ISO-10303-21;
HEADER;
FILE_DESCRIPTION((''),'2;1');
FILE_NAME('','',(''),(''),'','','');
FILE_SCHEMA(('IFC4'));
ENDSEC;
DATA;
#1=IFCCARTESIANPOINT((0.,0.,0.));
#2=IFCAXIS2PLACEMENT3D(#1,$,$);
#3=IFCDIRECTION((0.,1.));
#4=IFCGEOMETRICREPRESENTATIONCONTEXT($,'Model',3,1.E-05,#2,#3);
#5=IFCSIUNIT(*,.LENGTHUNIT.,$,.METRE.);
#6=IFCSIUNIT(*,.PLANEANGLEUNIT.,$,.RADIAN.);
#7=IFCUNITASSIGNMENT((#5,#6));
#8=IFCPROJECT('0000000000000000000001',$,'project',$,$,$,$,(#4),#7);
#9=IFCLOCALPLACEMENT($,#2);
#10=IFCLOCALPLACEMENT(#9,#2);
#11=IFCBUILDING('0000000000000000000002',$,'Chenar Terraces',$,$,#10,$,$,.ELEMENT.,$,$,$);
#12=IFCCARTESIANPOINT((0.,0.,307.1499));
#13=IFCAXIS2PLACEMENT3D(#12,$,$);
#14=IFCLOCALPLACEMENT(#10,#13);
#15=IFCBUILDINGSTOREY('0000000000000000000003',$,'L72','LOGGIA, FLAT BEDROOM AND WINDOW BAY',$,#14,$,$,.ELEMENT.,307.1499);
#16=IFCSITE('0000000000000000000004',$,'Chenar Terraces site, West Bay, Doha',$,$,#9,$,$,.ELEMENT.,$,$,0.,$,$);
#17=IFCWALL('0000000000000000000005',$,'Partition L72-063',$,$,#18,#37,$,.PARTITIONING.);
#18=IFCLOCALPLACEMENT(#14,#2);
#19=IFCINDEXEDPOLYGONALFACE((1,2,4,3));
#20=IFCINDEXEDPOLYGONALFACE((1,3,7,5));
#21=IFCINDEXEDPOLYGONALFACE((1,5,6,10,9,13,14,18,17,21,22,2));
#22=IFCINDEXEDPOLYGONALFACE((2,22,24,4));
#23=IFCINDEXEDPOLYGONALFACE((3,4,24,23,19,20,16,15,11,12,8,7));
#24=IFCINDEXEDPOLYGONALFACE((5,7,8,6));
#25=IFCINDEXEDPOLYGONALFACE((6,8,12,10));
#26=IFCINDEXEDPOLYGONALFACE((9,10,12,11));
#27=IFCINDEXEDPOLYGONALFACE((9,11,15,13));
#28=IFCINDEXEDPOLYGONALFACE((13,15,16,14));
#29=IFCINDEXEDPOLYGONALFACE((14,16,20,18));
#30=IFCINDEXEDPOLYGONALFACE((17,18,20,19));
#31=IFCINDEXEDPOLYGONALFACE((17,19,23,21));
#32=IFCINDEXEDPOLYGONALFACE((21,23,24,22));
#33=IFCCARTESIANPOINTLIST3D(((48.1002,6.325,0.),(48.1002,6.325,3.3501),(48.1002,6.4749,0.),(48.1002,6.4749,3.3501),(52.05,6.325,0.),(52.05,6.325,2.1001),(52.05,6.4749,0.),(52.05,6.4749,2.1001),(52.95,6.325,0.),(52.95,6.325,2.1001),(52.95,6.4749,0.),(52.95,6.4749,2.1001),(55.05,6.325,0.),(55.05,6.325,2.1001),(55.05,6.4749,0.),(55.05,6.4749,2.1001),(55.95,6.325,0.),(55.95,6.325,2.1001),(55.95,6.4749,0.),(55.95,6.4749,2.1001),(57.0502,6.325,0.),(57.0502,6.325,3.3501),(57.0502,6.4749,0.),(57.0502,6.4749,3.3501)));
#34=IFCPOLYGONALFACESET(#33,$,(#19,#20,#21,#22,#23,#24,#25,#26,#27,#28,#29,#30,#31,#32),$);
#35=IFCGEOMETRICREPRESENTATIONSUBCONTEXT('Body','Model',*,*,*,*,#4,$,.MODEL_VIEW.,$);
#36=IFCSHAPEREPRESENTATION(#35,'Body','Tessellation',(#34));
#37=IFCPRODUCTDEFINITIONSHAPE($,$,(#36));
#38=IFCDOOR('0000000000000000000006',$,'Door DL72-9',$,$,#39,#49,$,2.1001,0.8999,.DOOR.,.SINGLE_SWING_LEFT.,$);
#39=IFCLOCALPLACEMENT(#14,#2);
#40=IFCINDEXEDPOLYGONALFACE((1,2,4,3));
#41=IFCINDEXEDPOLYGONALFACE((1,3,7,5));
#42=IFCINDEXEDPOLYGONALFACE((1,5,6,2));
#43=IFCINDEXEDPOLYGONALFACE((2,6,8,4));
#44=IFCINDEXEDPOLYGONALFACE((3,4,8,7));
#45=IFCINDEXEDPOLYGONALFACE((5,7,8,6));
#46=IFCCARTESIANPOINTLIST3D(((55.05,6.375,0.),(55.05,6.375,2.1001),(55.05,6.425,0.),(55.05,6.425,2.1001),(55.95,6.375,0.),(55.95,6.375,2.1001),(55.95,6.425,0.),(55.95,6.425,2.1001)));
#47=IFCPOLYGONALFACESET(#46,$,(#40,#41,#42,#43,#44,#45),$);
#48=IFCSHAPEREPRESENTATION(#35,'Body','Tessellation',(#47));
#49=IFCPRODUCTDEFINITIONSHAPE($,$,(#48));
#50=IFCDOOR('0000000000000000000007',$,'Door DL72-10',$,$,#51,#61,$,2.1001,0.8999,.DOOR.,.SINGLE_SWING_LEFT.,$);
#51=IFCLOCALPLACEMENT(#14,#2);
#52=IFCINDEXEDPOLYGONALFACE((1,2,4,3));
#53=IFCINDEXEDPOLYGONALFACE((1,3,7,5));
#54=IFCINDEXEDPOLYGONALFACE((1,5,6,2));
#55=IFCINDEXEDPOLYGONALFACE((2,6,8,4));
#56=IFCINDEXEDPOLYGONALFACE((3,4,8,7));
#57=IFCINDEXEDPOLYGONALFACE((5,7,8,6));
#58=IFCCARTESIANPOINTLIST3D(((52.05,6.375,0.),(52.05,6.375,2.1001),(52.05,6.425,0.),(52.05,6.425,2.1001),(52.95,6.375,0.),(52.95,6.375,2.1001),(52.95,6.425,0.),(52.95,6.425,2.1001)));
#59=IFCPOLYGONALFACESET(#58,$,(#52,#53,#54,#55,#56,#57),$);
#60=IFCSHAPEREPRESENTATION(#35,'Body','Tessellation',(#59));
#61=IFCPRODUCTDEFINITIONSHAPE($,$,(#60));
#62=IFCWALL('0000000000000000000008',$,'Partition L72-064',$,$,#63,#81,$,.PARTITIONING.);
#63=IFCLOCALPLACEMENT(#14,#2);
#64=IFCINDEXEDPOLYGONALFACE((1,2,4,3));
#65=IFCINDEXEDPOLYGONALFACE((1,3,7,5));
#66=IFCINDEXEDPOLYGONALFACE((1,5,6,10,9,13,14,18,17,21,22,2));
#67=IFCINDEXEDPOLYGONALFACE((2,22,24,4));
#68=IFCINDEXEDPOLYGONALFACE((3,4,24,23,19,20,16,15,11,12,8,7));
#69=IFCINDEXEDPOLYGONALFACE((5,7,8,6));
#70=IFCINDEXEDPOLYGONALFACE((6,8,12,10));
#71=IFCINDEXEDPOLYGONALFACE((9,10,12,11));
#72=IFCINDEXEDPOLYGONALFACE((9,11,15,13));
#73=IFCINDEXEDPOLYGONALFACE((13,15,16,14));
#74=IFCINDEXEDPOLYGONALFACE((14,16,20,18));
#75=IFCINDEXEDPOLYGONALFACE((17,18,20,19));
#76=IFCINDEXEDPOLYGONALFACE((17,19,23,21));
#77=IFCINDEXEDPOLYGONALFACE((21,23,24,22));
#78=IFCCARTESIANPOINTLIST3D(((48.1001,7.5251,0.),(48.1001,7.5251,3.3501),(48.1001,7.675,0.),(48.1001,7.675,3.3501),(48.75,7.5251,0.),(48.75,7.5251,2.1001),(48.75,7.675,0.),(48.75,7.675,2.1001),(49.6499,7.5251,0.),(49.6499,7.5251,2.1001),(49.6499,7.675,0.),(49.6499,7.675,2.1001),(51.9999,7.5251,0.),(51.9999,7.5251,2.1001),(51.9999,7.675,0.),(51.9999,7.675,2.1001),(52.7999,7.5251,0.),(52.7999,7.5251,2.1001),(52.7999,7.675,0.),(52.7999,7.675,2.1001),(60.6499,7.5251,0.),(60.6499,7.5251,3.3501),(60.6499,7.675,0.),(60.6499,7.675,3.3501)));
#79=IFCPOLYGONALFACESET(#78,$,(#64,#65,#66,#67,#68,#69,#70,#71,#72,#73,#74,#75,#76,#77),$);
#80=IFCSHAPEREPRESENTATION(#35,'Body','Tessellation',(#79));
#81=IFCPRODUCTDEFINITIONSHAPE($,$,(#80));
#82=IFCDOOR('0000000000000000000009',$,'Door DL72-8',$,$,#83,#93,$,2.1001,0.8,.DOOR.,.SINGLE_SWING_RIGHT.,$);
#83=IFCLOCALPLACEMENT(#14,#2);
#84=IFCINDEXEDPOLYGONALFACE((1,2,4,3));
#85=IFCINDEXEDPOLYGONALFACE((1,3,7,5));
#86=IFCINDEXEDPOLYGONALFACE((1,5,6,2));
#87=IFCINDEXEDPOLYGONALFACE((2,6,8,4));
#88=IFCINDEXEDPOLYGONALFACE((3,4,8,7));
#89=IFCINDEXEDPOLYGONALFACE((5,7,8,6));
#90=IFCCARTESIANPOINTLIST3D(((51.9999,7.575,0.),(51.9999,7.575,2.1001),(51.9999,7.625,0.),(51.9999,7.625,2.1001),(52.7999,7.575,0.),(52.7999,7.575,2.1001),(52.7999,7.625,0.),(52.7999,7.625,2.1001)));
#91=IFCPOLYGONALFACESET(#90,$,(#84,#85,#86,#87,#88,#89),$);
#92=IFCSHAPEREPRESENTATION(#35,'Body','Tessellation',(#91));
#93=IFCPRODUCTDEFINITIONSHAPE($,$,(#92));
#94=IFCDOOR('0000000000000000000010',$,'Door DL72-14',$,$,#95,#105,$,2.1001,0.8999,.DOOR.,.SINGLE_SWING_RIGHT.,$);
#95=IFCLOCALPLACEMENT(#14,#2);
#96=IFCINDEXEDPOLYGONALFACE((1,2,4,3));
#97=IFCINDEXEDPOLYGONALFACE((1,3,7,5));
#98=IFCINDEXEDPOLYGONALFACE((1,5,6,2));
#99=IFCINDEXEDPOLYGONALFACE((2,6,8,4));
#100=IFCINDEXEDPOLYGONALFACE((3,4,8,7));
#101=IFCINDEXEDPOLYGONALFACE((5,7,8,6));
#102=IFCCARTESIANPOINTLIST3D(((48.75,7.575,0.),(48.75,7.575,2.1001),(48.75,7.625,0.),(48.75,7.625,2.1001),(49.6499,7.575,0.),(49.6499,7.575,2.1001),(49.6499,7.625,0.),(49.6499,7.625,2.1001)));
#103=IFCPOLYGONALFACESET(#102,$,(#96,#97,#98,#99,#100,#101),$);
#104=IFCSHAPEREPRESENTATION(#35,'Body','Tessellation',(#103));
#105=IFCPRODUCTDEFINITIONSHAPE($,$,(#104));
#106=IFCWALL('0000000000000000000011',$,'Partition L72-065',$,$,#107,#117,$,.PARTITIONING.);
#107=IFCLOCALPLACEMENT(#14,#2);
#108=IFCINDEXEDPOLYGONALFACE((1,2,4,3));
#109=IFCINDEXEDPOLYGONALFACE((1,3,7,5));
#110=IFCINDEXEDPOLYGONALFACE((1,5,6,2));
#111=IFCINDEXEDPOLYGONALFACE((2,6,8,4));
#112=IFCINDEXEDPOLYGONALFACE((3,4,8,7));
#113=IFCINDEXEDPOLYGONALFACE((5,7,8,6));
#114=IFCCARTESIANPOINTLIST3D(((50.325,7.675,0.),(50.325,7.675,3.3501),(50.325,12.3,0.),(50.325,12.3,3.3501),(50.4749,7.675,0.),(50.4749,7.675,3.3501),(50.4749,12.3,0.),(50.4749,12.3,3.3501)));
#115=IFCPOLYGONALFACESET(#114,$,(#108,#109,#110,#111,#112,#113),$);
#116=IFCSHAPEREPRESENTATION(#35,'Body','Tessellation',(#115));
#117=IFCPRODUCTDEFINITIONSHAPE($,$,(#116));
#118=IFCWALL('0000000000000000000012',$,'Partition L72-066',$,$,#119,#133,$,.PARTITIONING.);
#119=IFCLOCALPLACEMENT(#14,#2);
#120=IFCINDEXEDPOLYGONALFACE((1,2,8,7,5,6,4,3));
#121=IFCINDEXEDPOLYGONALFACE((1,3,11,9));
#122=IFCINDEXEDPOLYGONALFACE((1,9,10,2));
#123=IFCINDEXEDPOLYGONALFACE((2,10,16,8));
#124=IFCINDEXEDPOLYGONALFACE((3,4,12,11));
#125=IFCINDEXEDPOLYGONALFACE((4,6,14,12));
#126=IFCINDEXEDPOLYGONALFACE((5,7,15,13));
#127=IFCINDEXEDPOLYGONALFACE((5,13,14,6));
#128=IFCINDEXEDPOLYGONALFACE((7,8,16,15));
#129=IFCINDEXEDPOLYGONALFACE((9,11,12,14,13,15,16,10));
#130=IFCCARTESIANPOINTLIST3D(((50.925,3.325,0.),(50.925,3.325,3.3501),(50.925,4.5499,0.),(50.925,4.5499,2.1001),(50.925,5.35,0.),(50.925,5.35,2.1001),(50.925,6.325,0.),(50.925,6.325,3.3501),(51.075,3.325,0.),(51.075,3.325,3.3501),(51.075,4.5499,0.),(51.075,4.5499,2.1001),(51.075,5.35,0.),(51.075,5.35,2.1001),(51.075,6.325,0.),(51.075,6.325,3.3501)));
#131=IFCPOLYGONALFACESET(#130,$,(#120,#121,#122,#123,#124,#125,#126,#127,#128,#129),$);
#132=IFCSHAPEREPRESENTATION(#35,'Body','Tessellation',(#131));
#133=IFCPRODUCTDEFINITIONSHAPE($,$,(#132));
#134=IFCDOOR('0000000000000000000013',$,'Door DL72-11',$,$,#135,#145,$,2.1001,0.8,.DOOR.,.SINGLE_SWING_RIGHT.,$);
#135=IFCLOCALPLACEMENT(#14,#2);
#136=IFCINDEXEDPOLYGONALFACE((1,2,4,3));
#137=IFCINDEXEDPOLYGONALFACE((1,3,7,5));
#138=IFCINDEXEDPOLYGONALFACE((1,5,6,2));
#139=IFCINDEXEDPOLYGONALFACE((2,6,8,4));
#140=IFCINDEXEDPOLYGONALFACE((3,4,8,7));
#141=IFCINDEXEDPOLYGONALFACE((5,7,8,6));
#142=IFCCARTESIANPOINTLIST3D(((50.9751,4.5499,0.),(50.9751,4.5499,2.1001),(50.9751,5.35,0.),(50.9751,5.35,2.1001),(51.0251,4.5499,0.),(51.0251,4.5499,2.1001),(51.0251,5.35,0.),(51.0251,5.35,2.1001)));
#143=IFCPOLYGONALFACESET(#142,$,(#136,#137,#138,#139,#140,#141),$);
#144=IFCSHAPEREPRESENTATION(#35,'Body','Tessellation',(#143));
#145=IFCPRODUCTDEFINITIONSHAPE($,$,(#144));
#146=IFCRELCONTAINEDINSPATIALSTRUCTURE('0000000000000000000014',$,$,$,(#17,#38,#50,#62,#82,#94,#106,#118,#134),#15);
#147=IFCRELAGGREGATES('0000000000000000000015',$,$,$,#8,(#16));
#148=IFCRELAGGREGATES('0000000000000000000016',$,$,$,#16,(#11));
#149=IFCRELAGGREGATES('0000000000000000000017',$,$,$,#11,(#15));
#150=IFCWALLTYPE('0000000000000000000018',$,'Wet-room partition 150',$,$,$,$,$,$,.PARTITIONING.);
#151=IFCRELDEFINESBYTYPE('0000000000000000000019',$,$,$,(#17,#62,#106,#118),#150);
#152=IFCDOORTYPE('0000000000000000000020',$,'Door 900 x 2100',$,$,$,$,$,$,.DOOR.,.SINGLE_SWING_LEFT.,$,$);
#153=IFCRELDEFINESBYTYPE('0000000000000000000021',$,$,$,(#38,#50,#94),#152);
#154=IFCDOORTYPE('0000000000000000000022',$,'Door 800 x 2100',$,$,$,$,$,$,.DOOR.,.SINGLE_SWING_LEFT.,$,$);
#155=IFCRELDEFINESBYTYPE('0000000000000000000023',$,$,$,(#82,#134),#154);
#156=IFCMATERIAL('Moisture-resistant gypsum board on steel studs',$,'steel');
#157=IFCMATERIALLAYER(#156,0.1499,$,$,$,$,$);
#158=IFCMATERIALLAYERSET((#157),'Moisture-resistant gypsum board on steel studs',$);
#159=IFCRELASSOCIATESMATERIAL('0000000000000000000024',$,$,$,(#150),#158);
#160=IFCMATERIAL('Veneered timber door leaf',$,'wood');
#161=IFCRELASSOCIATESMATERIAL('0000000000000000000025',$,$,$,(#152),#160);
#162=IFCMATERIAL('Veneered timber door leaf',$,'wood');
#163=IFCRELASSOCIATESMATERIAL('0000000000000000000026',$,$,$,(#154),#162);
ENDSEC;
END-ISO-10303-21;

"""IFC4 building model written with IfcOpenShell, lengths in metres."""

from ifc_helpers import new_model, si_unit, direction, frame, frame_2d, origin, place, context, subcontext, project, spatial, rectangle, extrude, material, layer, layer_set, type_object, element, fill, save


model = new_model("IFC4")

# Units and contexts
model_context = context("Model", 3, precision=1e-05, world=origin(), true_north=direction((0.0, 1.0)))
body_context = subcontext(model_context, "Body", "Model", "MODEL_VIEW")
ifc_project = project(units=[si_unit("LENGTHUNIT", "METRE"), si_unit("PLANEANGLEUNIT", "RADIAN")], contexts=[model_context])

# Site, building, storey
site_placement = place(None, origin())
site = spatial("IfcSite", under=ifc_project, at=site_placement, Name="Chenar Terraces site, West Bay, Doha", CompositionType="ELEMENT", RefElevation=0.0)
building_placement = place(site_placement, origin())
building = spatial("IfcBuilding", under=site, at=building_placement, Name="Chenar Terraces", CompositionType="ELEMENT")
storey_placement = place(building_placement, frame((0.0, 0.0, 307.1499)))
storey = spatial("IfcBuildingStorey", under=building, at=storey_placement, Name="L72", Description="LOGGIA, FLAT BEDROOM AND WINDOW BAY", CompositionType="ELEMENT", Elevation=307.1499)

# Shared definitions
ifc_material_1 = material(Name="Moisture-resistant gypsum board on steel studs", Category="steel")
ifc_layer_1 = layer(ifc_material_1, 0.1499)
ifc_layer_set_1 = layer_set([ifc_layer_1], Name="Moisture-resistant gypsum board on steel studs")
wall_type_1 = type_object("IfcWallType", Name="Wet-room partition 150", PredefinedType="PARTITIONING", material=ifc_layer_set_1)

# Walls, openings, doors
wall_1_placement = place(storey_placement, frame((48.1001, 6.3999, 0.0), z_axis=(0.0, 0.0, 1.0), x_axis=(1.0, 0.0, 0.0)))
wall_1 = element("IfcWall", 1, at=wall_1_placement, inside=storey, type_object=wall_type_1, Name="Partition L72-063", PredefinedType="PARTITIONING", context=body_context, shape_type="SweptSolid", body=[
    extrude(rectangle(XDim=8.95, YDim=0.1499, at=frame_2d((4.4751, 0.0))), origin(), (0.0, 0.0, 1.0), 3.3501),
])
opening_1_placement = place(wall_1_placement, frame((6.95, 0.0, 0.0)))
opening_1 = element("IfcOpeningElement", 2, at=opening_1_placement, cuts=wall_1, PredefinedType="OPENING", context=body_context, shape_type="SweptSolid", body=[
    extrude(rectangle(XDim=0.8999, YDim=2.1001, at=frame_2d((0.45, 1.05))), frame((0.0, 0.085, 0.0), z_axis=(0.0, -1.0, 0.0), x_axis=(1.0, 0.0, 0.0)), (0.0, 0.0, 1.0), 0.1699),
])
opening_2_placement = place(wall_1_placement, frame((3.95, 0.0, 0.0)))
opening_2 = element("IfcOpeningElement", 3, at=opening_2_placement, cuts=wall_1, PredefinedType="OPENING", context=body_context, shape_type="SweptSolid", body=[
    extrude(rectangle(XDim=0.8999, YDim=2.1001, at=frame_2d((0.45, 1.05))), frame((0.0, 0.085, 0.0), z_axis=(0.0, -1.0, 0.0), x_axis=(1.0, 0.0, 0.0)), (0.0, 0.0, 1.0), 0.1699),
])
ifc_material_2 = material(Name="Veneered timber door leaf", Category="wood")
door_type_1 = type_object("IfcDoorType", Name="Door 900 x 2100", OperationType="SINGLE_SWING_LEFT", PredefinedType="DOOR", material=ifc_material_2)
door_1_placement = place(opening_1_placement, frame((0.8999, 0.0, 0.0), z_axis=(0.0, 0.0, 1.0), x_axis=(-1.0, 0.0, 0.0)))
door_1 = element("IfcDoor", 4, at=door_1_placement, inside=storey, type_object=door_type_1, Name="Door DL72-9", OperationType="SINGLE_SWING_LEFT", OverallHeight=2.1001, OverallWidth=0.8999, PredefinedType="DOOR", context=body_context, shape_type="SweptSolid", body=[
    extrude(rectangle(XDim=0.8999, YDim=2.1001, at=frame_2d((0.45, 1.05))), frame((0.0, 0.0249, 0.0), z_axis=(0.0, -1.0, 0.0), x_axis=(1.0, 0.0, 0.0)), (0.0, 0.0, 1.0), 0.05),
])
fill(opening_1, door_1)
door_2_placement = place(opening_2_placement, frame((0.8999, 0.0, 0.0), z_axis=(0.0, 0.0, 1.0), x_axis=(-1.0, 0.0, 0.0)))
door_2 = element("IfcDoor", 5, at=door_2_placement, inside=storey, type_object=door_type_1, Name="Door DL72-10", OperationType="SINGLE_SWING_LEFT", OverallHeight=2.1001, OverallWidth=0.8999, PredefinedType="DOOR", context=body_context, shape_type="SweptSolid", body=[
    extrude(rectangle(XDim=0.8999, YDim=2.1001, at=frame_2d((0.45, 1.05))), frame((0.0, 0.0249, 0.0), z_axis=(0.0, -1.0, 0.0), x_axis=(1.0, 0.0, 0.0)), (0.0, 0.0, 1.0), 0.05),
])
fill(opening_2, door_2)
wall_2_placement = place(storey_placement, frame((48.1001, 7.6001, 0.0), z_axis=(0.0, 0.0, 1.0), x_axis=(1.0, 0.0, 0.0)))
wall_2 = element("IfcWall", 6, at=wall_2_placement, inside=storey, type_object=wall_type_1, Name="Partition L72-064", PredefinedType="PARTITIONING", context=body_context, shape_type="SweptSolid", body=[
    extrude(rectangle(XDim=12.5498, YDim=0.1499, at=frame_2d((6.2749, 0.0))), origin(), (0.0, 0.0, 1.0), 3.3501),
])
opening_3_placement = place(wall_2_placement, frame((3.8999, 0.0, 0.0)))
opening_3 = element("IfcOpeningElement", 7, at=opening_3_placement, cuts=wall_2, PredefinedType="OPENING", context=body_context, shape_type="SweptSolid", body=[
    extrude(rectangle(XDim=0.8, YDim=2.1001, at=frame_2d((0.3999, 1.05))), frame((0.0, 0.085, 0.0), z_axis=(0.0, -1.0, 0.0), x_axis=(1.0, 0.0, 0.0)), (0.0, 0.0, 1.0), 0.1699),
])
opening_4_placement = place(wall_2_placement, frame((0.6499, 0.0, 0.0)))
opening_4 = element("IfcOpeningElement", 8, at=opening_4_placement, cuts=wall_2, PredefinedType="OPENING", context=body_context, shape_type="SweptSolid", body=[
    extrude(rectangle(XDim=0.8999, YDim=2.1001, at=frame_2d((0.45, 1.05))), frame((0.0, 0.085, 0.0), z_axis=(0.0, -1.0, 0.0), x_axis=(1.0, 0.0, 0.0)), (0.0, 0.0, 1.0), 0.1699),
])
ifc_material_3 = material(Name="Veneered timber door leaf", Category="wood")
door_type_2 = type_object("IfcDoorType", Name="Door 800 x 2100", OperationType="SINGLE_SWING_LEFT", PredefinedType="DOOR", material=ifc_material_3)
door_3_placement = place(opening_3_placement, origin())
door_3 = element("IfcDoor", 9, at=door_3_placement, inside=storey, type_object=door_type_2, Name="Door DL72-8", OperationType="SINGLE_SWING_RIGHT", OverallHeight=2.1001, OverallWidth=0.8, PredefinedType="DOOR", context=body_context, shape_type="SweptSolid", body=[
    extrude(rectangle(XDim=0.8, YDim=2.1001, at=frame_2d((0.3999, 1.05))), frame((0.0, 0.0249, 0.0), z_axis=(0.0, -1.0, 0.0), x_axis=(1.0, 0.0, 0.0)), (0.0, 0.0, 1.0), 0.05),
])
fill(opening_3, door_3)
door_4_placement = place(opening_4_placement, origin())
door_4 = element("IfcDoor", 10, at=door_4_placement, inside=storey, type_object=door_type_1, Name="Door DL72-14", OperationType="SINGLE_SWING_RIGHT", OverallHeight=2.1001, OverallWidth=0.8999, PredefinedType="DOOR", context=body_context, shape_type="SweptSolid", body=[
    extrude(rectangle(XDim=0.8999, YDim=2.1001, at=frame_2d((0.45, 1.05))), frame((0.0, 0.0249, 0.0), z_axis=(0.0, -1.0, 0.0), x_axis=(1.0, 0.0, 0.0)), (0.0, 0.0, 1.0), 0.05),
])
fill(opening_4, door_4)

# Wall
wall_3_placement = place(storey_placement, frame((50.3999, 7.675, 0.0), z_axis=(0.0, 0.0, 1.0), x_axis=(0.0, 1.0, 0.0)))
element("IfcWall", 11, at=wall_3_placement, inside=storey, type_object=wall_type_1, Name="Partition L72-065", PredefinedType="PARTITIONING", context=body_context, shape_type="SweptSolid", body=[
    extrude(rectangle(XDim=4.625, YDim=0.1499, at=frame_2d((2.3125, 0.0))), origin(), (0.0, 0.0, 1.0), 3.3501),
])

# Wall, opening, door
wall_4_placement = place(storey_placement, frame((51.0, 3.325, 0.0), z_axis=(0.0, 0.0, 1.0), x_axis=(0.0, 1.0, 0.0)))
wall_4 = element("IfcWall", 12, at=wall_4_placement, inside=storey, type_object=wall_type_1, Name="Partition L72-066", PredefinedType="PARTITIONING", context=body_context, shape_type="SweptSolid", body=[
    extrude(rectangle(XDim=3.0, YDim=0.1499, at=frame_2d((1.5, 0.0))), origin(), (0.0, 0.0, 1.0), 3.3501),
])
opening_5_placement = place(wall_4_placement, frame((1.2251, 0.0, 0.0)))
opening_5 = element("IfcOpeningElement", 13, at=opening_5_placement, cuts=wall_4, PredefinedType="OPENING", context=body_context, shape_type="SweptSolid", body=[
    extrude(rectangle(XDim=0.8, YDim=2.1001, at=frame_2d((0.3999, 1.05))), frame((0.0, 0.085, 0.0), z_axis=(0.0, -1.0, 0.0), x_axis=(1.0, 0.0, 0.0)), (0.0, 0.0, 1.0), 0.1699),
])
door_5_placement = place(opening_5_placement, origin())
door_5 = element("IfcDoor", 14, at=door_5_placement, inside=storey, type_object=door_type_2, Name="Door DL72-11", OperationType="SINGLE_SWING_RIGHT", OverallHeight=2.1001, OverallWidth=0.8, PredefinedType="DOOR", context=body_context, shape_type="SweptSolid", body=[
    extrude(rectangle(XDim=0.8, YDim=2.1001, at=frame_2d((0.3999, 1.05))), frame((0.0, 0.0249, 0.0), z_axis=(0.0, -1.0, 0.0), x_axis=(1.0, 0.0, 0.0)), (0.0, 0.0, 1.0), 0.05),
])
fill(opening_5, door_5)

save(model, "model.ifc")
